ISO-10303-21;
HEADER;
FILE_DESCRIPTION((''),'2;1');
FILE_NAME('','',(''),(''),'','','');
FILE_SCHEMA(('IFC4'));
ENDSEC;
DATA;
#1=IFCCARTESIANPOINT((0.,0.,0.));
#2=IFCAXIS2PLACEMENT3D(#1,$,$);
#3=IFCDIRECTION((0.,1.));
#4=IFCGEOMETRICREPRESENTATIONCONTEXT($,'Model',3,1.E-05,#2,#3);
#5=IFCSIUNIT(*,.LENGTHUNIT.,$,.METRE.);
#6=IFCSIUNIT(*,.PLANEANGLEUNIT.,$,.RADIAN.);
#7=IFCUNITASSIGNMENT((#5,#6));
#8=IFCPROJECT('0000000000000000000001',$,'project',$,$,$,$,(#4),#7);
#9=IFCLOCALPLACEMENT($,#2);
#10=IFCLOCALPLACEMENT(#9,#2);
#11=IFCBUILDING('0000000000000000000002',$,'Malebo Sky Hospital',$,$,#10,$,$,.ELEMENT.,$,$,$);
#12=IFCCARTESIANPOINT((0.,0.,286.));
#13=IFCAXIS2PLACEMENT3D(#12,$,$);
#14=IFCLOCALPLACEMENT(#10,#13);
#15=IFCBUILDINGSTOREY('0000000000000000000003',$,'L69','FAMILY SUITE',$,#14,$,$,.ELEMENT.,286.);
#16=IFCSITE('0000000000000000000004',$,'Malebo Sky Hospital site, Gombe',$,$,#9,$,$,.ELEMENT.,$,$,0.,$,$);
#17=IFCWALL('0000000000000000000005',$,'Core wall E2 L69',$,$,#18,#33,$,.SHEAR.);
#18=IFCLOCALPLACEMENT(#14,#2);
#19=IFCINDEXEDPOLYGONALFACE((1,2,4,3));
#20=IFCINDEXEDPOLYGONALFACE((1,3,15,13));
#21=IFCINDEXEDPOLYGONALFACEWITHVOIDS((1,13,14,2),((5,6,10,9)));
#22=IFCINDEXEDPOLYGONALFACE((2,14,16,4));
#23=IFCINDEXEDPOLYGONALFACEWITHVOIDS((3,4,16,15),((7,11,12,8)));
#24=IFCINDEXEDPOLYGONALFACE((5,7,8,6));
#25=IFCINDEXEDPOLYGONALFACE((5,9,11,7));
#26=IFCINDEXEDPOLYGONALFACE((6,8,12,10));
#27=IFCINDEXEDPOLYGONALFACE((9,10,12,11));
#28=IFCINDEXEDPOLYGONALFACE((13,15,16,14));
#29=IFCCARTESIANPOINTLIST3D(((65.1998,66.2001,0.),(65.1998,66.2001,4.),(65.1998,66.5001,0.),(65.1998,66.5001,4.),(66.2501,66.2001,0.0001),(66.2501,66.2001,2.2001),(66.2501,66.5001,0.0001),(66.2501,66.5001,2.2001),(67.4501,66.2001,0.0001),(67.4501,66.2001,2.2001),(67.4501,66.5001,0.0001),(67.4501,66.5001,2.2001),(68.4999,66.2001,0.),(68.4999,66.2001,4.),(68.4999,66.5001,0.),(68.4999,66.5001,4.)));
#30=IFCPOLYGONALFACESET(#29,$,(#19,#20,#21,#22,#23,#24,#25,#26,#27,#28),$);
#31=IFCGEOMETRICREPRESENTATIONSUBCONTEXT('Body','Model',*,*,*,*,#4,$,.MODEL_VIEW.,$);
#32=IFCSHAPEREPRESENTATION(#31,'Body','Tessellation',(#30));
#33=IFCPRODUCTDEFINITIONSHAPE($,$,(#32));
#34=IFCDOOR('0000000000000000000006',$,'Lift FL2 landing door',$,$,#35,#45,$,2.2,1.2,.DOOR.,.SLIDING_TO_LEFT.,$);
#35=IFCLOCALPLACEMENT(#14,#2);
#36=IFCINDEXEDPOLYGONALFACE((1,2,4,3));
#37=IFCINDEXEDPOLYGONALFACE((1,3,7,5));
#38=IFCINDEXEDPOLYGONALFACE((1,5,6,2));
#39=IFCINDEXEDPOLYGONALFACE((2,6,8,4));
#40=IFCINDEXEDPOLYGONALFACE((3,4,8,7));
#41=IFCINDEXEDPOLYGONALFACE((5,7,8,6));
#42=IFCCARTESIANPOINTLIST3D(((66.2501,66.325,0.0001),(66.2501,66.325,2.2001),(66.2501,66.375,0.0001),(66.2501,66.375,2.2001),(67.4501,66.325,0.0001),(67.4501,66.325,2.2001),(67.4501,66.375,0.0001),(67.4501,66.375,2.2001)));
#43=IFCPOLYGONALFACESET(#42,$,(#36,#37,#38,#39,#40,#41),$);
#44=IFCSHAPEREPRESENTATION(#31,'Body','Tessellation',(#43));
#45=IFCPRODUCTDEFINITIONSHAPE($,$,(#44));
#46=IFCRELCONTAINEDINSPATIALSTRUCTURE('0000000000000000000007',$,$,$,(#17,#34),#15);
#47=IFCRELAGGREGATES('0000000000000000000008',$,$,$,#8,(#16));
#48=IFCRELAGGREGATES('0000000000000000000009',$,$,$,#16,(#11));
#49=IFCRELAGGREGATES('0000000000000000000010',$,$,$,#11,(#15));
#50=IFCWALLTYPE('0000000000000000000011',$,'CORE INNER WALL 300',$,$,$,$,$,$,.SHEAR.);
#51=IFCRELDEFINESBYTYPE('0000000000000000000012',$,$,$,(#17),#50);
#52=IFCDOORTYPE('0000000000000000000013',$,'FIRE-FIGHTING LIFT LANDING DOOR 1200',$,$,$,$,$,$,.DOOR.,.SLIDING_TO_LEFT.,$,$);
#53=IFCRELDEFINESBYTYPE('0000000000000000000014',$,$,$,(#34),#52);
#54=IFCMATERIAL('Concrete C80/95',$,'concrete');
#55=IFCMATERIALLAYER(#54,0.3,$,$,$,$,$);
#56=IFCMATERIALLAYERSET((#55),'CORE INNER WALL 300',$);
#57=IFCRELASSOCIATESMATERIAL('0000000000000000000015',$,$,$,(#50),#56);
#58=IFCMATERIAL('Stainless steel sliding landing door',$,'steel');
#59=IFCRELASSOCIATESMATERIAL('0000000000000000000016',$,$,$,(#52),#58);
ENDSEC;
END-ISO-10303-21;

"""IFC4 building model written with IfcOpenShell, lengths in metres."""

from ifc_helpers import new_model, si_unit, direction, frame, frame_2d, origin, place, context, subcontext, project, spatial, rectangle, extrude, material, layer, layer_set, type_object, element, fill, save


model = new_model("IFC4")

# Units and contexts
model_context = context("Model", 3, precision=1e-05, world=origin(), true_north=direction((0.0, 1.0)))
body_context = subcontext(model_context, "Body", "Model", "MODEL_VIEW")
ifc_project = project(units=[si_unit("LENGTHUNIT", "METRE"), si_unit("PLANEANGLEUNIT", "RADIAN")], contexts=[model_context])

# Site, building, storey
site_placement = place(None, origin())
site = spatial("IfcSite", under=ifc_project, at=site_placement, Name="Malebo Sky Hospital site, Gombe", CompositionType="ELEMENT", RefElevation=0.0)
building_placement = place(site_placement, origin())
building = spatial("IfcBuilding", under=site, at=building_placement, Name="Malebo Sky Hospital", CompositionType="ELEMENT")
storey_placement = place(building_placement, frame((0.0, 0.0, 286.0)))
storey = spatial("IfcBuildingStorey", under=building, at=storey_placement, Name="L69", Description="FAMILY SUITE", CompositionType="ELEMENT", Elevation=286.0)

# Shared definitions
ifc_material_1 = material(Name="Concrete C80/95", Category="concrete")

# Wall, opening, door
ifc_layer_1 = layer(ifc_material_1, 0.3)
ifc_layer_set_1 = layer_set([ifc_layer_1], Name="CORE INNER WALL 300")
wall_type_1 = type_object("IfcWallType", Name="CORE INNER WALL 300", PredefinedType="SHEAR", material=ifc_layer_set_1)
wall_1_placement = place(storey_placement, frame((65.2, 66.3501, 0.0), z_axis=(0.0, 0.0, 1.0), x_axis=(1.0, 0.0, 0.0)))
wall_1 = element("IfcWall", 1, at=wall_1_placement, inside=storey, type_object=wall_type_1, Name="Core wall E2 L69", PredefinedType="SHEAR", context=body_context, shape_type="SweptSolid", body=[
    extrude(rectangle(XDim=3.3, YDim=0.3, at=frame_2d((1.6499, 0.0))), origin(), (0.0, 0.0, 1.0), 4.0),
])
opening_placement = place(wall_1_placement, frame((1.05, 0.0, 0.0)))
opening = element("IfcOpeningElement", 2, at=opening_placement, cuts=wall_1, PredefinedType="OPENING", context=body_context, shape_type="SweptSolid", body=[
    extrude(rectangle(XDim=1.2, YDim=2.2, at=frame_2d((0.6001, 1.1001))), frame((0.0, 0.1599, 0.0), z_axis=(0.0, -1.0, 0.0), x_axis=(1.0, 0.0, 0.0)), (0.0, 0.0, 1.0), 0.3201),
])
ifc_material_2 = material(Name="Stainless steel sliding landing door", Category="steel")
door_type = type_object("IfcDoorType", Name="FIRE-FIGHTING LIFT LANDING DOOR 1200", OperationType="SLIDING_TO_LEFT", PredefinedType="DOOR", material=ifc_material_2)
door_placement = place(opening_placement, origin())
door = element("IfcDoor", 3, at=door_placement, inside=storey, type_object=door_type, Name="Lift FL2 landing door", OperationType="SLIDING_TO_LEFT", OverallHeight=2.2, OverallWidth=1.2, PredefinedType="DOOR", context=body_context, shape_type="SweptSolid", body=[
    extrude(rectangle(XDim=1.2, YDim=2.2, at=frame_2d((0.6001, 1.1001))), frame((0.0, 0.0249, 0.0), z_axis=(0.0, -1.0, 0.0), x_axis=(1.0, 0.0, 0.0)), (0.0, 0.0, 1.0), 0.05),
])
fill(opening, door)

save(model, "model.ifc")
